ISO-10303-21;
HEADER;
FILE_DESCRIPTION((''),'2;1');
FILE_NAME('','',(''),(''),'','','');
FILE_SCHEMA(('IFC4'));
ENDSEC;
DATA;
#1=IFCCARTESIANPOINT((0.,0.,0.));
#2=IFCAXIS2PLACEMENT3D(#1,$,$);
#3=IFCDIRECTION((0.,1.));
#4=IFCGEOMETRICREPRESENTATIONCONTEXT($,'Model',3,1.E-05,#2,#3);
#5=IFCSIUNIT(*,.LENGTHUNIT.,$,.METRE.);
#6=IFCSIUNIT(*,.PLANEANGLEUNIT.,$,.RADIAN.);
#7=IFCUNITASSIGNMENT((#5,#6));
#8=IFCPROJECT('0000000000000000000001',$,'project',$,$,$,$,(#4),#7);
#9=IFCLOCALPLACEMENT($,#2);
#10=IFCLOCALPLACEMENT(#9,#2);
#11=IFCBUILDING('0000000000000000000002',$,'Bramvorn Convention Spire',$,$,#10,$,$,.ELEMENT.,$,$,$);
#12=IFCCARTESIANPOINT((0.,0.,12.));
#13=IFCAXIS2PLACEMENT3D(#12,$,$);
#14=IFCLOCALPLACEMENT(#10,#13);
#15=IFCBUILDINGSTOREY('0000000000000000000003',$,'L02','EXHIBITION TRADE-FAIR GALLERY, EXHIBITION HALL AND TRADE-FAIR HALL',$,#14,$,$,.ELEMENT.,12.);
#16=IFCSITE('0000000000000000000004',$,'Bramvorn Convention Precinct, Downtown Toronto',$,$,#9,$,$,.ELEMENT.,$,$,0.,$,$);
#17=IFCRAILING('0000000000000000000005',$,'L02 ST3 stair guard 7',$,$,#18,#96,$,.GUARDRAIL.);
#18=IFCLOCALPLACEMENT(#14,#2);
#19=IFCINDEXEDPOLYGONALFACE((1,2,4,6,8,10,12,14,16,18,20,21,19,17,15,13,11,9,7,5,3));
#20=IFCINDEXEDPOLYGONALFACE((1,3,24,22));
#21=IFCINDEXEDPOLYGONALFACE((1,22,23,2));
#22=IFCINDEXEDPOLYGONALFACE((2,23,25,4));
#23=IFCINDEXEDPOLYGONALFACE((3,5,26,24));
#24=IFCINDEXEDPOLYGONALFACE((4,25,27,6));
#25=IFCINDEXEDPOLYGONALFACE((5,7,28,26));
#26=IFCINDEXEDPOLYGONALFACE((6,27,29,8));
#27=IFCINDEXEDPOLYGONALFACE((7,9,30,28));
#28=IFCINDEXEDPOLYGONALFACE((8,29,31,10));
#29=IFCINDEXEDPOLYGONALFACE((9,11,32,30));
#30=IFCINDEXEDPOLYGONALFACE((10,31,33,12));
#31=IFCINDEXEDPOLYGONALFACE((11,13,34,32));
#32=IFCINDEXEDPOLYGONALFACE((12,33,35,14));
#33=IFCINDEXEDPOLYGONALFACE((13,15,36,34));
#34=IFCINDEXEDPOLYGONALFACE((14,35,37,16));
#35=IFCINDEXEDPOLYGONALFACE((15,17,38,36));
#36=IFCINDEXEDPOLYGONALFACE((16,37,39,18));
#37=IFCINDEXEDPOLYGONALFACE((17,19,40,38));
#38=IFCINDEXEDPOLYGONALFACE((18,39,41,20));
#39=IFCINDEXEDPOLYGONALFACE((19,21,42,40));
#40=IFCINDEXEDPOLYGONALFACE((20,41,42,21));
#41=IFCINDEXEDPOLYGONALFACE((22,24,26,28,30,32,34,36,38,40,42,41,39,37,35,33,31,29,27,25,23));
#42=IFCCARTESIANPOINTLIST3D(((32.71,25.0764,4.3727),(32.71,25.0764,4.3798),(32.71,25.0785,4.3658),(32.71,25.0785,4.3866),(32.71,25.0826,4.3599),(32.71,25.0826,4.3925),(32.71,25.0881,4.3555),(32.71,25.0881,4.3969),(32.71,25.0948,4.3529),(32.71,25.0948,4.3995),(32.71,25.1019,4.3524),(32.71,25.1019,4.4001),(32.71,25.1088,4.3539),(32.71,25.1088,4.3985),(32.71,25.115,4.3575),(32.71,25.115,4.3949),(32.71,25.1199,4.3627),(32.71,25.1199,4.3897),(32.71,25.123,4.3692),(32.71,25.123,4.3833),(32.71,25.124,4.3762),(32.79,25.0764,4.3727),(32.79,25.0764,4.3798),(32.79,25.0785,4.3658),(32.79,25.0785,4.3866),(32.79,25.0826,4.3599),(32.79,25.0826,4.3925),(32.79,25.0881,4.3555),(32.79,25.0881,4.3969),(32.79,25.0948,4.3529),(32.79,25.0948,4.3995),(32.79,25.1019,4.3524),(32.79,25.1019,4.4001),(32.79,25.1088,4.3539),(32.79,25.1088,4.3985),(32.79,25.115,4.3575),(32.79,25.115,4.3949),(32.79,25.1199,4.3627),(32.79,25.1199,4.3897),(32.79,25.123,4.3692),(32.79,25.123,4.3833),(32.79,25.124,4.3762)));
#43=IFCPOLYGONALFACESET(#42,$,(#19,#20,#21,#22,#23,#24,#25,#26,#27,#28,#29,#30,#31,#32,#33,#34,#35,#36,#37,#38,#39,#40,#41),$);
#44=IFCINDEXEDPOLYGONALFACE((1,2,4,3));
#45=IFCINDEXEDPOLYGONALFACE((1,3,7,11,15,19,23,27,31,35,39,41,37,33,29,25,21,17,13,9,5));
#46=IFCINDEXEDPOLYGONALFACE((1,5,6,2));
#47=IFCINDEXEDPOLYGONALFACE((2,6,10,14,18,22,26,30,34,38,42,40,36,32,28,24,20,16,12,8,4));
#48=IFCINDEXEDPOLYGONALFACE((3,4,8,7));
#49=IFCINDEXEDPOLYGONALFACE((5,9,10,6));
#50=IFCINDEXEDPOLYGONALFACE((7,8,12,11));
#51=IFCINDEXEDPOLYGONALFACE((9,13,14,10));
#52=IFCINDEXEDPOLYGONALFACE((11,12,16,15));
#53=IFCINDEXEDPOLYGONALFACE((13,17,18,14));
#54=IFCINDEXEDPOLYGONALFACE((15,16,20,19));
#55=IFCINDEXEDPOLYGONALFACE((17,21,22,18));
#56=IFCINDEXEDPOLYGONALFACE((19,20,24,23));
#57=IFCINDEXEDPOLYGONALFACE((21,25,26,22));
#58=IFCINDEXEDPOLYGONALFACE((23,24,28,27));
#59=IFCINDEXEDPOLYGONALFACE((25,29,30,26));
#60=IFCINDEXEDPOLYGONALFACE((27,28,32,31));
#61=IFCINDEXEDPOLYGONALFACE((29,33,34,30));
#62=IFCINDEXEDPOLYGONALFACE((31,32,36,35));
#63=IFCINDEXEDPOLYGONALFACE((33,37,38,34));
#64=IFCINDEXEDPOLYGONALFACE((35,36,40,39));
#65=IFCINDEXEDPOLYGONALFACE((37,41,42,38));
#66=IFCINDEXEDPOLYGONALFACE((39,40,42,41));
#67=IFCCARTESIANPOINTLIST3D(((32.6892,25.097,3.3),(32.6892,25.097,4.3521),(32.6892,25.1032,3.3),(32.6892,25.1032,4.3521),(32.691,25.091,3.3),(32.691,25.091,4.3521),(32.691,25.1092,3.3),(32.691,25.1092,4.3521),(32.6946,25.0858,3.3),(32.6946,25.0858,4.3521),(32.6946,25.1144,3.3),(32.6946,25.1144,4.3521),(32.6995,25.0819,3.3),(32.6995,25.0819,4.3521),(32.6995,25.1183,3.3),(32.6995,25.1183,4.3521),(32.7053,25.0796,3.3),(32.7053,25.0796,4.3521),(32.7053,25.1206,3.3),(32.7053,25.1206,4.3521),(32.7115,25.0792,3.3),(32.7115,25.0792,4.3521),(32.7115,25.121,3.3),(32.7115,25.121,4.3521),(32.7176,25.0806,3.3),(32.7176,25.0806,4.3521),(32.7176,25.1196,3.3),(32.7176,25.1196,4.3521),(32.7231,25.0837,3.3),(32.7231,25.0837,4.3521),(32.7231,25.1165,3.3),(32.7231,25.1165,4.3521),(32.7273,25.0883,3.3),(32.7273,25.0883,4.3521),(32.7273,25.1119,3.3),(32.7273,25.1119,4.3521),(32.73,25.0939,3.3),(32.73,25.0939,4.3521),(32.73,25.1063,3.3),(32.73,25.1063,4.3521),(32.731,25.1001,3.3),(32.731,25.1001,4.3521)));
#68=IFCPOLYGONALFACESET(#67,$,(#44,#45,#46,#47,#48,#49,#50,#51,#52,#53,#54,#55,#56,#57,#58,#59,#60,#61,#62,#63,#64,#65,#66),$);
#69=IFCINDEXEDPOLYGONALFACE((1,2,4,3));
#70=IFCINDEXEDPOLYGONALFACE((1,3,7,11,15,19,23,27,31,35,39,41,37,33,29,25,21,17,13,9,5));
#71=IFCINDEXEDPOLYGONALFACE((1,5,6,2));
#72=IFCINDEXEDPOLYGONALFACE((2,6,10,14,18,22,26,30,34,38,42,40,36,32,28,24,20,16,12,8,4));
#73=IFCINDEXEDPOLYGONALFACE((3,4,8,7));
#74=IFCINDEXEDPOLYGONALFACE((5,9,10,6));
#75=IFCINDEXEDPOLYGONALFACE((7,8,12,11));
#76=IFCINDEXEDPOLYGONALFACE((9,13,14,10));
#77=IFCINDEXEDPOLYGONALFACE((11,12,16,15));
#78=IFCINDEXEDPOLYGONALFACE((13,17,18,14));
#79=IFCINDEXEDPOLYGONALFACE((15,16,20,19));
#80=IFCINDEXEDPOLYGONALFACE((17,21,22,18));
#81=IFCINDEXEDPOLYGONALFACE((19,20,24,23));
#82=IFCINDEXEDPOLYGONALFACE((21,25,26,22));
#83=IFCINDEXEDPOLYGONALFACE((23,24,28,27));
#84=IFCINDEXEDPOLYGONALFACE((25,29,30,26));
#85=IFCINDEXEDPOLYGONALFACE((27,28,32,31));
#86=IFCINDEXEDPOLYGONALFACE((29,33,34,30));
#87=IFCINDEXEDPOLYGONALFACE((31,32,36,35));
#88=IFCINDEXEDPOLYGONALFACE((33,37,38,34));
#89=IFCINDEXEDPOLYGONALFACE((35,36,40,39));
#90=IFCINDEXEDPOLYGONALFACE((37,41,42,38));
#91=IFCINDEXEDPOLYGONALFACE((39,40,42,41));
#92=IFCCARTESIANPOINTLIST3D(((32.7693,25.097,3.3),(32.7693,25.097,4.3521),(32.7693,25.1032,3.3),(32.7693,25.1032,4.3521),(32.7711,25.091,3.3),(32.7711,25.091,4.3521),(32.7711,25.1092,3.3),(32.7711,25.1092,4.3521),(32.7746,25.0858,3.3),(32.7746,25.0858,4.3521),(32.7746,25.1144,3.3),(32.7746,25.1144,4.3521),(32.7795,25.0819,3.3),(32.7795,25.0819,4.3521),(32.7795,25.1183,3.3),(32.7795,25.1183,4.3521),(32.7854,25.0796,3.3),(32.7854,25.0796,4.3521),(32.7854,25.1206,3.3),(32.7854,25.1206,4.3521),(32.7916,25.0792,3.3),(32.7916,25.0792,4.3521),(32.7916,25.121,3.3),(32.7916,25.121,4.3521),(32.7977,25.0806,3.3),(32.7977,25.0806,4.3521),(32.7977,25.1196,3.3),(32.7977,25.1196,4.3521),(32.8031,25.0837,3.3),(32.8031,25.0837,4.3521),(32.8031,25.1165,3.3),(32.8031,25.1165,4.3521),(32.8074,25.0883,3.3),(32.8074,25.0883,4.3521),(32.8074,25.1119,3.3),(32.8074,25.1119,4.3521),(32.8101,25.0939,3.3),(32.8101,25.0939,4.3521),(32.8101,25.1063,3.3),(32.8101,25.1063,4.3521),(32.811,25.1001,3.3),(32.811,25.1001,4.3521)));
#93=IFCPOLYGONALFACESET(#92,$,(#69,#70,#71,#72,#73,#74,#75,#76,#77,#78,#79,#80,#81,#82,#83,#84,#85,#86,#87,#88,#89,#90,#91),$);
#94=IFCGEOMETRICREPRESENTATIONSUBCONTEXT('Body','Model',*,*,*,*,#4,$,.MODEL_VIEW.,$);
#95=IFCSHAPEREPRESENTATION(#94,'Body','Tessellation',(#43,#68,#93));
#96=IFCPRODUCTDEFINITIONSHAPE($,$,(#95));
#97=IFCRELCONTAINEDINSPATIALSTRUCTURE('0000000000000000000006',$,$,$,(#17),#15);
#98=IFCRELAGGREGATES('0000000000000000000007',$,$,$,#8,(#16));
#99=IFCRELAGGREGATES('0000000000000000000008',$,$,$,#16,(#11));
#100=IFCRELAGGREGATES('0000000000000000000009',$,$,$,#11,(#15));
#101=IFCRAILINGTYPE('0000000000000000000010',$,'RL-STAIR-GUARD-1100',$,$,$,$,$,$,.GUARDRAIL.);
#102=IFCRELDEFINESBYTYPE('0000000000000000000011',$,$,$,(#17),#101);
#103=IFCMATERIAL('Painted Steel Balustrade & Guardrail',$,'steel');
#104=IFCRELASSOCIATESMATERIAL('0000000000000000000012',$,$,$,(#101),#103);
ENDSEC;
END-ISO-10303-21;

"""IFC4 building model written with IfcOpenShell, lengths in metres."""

from ifc_helpers import new_model, si_unit, direction, frame, origin, origin_2d, place, context, subcontext, project, spatial, circle, extrude, material, type_object, element, save


model = new_model("IFC4")

# Units and contexts
model_context = context("Model", 3, precision=1e-05, world=origin(), true_north=direction((0.0, 1.0)))
body_context = subcontext(model_context, "Body", "Model", "MODEL_VIEW")
ifc_project = project(units=[si_unit("LENGTHUNIT", "METRE"), si_unit("PLANEANGLEUNIT", "RADIAN")], contexts=[model_context])

# Site, building, storey
site_placement = place(None, origin())
site = spatial("IfcSite", under=ifc_project, at=site_placement, Name="Bramvorn Convention Precinct, Downtown Toronto", CompositionType="ELEMENT", RefElevation=0.0)
building_placement = place(site_placement, origin())
building = spatial("IfcBuilding", under=site, at=building_placement, Name="Bramvorn Convention Spire", CompositionType="ELEMENT")
storey_placement = place(building_placement, frame((0.0, 0.0, 12.0)))
storey = spatial("IfcBuildingStorey", under=building, at=storey_placement, Name="L02", Description="EXHIBITION TRADE-FAIR GALLERY, EXHIBITION HALL AND TRADE-FAIR HALL", CompositionType="ELEMENT", Elevation=12.0)

# Railing
ifc_material_1 = material(Name="Painted Steel Balustrade & Guardrail", Category="steel")
railing_type_1 = type_object("IfcRailingType", Name="RL-STAIR-GUARD-1100", PredefinedType="GUARDRAIL", material=ifc_material_1)
railing_1_placement = place(storey_placement, frame((32.71, 25.1001, 3.3)))
element("IfcRailing", 1, at=railing_1_placement, inside=storey, type_object=railing_type_1, Name="L02 ST3 stair guard 7", PredefinedType="GUARDRAIL", context=body_context, shape_type="SweptSolid", body=[
    extrude(circle(Radius=0.0239, at=origin_2d()), frame((0.0, 0.0, 1.0762), z_axis=(1.0, 0.0, 0.0), x_axis=(0.0, 1.0, 0.0)), (0.0, 0.0, 1.0), 0.0801),
    extrude(circle(Radius=0.021, at=origin_2d()), origin(), (0.0, 0.0, 1.0), 1.052),
    extrude(circle(Radius=0.021, at=origin_2d()), frame((0.0801, 0.0, 0.0)), (0.0, 0.0, 1.0), 1.052),
])

save(model, "model.ifc")
